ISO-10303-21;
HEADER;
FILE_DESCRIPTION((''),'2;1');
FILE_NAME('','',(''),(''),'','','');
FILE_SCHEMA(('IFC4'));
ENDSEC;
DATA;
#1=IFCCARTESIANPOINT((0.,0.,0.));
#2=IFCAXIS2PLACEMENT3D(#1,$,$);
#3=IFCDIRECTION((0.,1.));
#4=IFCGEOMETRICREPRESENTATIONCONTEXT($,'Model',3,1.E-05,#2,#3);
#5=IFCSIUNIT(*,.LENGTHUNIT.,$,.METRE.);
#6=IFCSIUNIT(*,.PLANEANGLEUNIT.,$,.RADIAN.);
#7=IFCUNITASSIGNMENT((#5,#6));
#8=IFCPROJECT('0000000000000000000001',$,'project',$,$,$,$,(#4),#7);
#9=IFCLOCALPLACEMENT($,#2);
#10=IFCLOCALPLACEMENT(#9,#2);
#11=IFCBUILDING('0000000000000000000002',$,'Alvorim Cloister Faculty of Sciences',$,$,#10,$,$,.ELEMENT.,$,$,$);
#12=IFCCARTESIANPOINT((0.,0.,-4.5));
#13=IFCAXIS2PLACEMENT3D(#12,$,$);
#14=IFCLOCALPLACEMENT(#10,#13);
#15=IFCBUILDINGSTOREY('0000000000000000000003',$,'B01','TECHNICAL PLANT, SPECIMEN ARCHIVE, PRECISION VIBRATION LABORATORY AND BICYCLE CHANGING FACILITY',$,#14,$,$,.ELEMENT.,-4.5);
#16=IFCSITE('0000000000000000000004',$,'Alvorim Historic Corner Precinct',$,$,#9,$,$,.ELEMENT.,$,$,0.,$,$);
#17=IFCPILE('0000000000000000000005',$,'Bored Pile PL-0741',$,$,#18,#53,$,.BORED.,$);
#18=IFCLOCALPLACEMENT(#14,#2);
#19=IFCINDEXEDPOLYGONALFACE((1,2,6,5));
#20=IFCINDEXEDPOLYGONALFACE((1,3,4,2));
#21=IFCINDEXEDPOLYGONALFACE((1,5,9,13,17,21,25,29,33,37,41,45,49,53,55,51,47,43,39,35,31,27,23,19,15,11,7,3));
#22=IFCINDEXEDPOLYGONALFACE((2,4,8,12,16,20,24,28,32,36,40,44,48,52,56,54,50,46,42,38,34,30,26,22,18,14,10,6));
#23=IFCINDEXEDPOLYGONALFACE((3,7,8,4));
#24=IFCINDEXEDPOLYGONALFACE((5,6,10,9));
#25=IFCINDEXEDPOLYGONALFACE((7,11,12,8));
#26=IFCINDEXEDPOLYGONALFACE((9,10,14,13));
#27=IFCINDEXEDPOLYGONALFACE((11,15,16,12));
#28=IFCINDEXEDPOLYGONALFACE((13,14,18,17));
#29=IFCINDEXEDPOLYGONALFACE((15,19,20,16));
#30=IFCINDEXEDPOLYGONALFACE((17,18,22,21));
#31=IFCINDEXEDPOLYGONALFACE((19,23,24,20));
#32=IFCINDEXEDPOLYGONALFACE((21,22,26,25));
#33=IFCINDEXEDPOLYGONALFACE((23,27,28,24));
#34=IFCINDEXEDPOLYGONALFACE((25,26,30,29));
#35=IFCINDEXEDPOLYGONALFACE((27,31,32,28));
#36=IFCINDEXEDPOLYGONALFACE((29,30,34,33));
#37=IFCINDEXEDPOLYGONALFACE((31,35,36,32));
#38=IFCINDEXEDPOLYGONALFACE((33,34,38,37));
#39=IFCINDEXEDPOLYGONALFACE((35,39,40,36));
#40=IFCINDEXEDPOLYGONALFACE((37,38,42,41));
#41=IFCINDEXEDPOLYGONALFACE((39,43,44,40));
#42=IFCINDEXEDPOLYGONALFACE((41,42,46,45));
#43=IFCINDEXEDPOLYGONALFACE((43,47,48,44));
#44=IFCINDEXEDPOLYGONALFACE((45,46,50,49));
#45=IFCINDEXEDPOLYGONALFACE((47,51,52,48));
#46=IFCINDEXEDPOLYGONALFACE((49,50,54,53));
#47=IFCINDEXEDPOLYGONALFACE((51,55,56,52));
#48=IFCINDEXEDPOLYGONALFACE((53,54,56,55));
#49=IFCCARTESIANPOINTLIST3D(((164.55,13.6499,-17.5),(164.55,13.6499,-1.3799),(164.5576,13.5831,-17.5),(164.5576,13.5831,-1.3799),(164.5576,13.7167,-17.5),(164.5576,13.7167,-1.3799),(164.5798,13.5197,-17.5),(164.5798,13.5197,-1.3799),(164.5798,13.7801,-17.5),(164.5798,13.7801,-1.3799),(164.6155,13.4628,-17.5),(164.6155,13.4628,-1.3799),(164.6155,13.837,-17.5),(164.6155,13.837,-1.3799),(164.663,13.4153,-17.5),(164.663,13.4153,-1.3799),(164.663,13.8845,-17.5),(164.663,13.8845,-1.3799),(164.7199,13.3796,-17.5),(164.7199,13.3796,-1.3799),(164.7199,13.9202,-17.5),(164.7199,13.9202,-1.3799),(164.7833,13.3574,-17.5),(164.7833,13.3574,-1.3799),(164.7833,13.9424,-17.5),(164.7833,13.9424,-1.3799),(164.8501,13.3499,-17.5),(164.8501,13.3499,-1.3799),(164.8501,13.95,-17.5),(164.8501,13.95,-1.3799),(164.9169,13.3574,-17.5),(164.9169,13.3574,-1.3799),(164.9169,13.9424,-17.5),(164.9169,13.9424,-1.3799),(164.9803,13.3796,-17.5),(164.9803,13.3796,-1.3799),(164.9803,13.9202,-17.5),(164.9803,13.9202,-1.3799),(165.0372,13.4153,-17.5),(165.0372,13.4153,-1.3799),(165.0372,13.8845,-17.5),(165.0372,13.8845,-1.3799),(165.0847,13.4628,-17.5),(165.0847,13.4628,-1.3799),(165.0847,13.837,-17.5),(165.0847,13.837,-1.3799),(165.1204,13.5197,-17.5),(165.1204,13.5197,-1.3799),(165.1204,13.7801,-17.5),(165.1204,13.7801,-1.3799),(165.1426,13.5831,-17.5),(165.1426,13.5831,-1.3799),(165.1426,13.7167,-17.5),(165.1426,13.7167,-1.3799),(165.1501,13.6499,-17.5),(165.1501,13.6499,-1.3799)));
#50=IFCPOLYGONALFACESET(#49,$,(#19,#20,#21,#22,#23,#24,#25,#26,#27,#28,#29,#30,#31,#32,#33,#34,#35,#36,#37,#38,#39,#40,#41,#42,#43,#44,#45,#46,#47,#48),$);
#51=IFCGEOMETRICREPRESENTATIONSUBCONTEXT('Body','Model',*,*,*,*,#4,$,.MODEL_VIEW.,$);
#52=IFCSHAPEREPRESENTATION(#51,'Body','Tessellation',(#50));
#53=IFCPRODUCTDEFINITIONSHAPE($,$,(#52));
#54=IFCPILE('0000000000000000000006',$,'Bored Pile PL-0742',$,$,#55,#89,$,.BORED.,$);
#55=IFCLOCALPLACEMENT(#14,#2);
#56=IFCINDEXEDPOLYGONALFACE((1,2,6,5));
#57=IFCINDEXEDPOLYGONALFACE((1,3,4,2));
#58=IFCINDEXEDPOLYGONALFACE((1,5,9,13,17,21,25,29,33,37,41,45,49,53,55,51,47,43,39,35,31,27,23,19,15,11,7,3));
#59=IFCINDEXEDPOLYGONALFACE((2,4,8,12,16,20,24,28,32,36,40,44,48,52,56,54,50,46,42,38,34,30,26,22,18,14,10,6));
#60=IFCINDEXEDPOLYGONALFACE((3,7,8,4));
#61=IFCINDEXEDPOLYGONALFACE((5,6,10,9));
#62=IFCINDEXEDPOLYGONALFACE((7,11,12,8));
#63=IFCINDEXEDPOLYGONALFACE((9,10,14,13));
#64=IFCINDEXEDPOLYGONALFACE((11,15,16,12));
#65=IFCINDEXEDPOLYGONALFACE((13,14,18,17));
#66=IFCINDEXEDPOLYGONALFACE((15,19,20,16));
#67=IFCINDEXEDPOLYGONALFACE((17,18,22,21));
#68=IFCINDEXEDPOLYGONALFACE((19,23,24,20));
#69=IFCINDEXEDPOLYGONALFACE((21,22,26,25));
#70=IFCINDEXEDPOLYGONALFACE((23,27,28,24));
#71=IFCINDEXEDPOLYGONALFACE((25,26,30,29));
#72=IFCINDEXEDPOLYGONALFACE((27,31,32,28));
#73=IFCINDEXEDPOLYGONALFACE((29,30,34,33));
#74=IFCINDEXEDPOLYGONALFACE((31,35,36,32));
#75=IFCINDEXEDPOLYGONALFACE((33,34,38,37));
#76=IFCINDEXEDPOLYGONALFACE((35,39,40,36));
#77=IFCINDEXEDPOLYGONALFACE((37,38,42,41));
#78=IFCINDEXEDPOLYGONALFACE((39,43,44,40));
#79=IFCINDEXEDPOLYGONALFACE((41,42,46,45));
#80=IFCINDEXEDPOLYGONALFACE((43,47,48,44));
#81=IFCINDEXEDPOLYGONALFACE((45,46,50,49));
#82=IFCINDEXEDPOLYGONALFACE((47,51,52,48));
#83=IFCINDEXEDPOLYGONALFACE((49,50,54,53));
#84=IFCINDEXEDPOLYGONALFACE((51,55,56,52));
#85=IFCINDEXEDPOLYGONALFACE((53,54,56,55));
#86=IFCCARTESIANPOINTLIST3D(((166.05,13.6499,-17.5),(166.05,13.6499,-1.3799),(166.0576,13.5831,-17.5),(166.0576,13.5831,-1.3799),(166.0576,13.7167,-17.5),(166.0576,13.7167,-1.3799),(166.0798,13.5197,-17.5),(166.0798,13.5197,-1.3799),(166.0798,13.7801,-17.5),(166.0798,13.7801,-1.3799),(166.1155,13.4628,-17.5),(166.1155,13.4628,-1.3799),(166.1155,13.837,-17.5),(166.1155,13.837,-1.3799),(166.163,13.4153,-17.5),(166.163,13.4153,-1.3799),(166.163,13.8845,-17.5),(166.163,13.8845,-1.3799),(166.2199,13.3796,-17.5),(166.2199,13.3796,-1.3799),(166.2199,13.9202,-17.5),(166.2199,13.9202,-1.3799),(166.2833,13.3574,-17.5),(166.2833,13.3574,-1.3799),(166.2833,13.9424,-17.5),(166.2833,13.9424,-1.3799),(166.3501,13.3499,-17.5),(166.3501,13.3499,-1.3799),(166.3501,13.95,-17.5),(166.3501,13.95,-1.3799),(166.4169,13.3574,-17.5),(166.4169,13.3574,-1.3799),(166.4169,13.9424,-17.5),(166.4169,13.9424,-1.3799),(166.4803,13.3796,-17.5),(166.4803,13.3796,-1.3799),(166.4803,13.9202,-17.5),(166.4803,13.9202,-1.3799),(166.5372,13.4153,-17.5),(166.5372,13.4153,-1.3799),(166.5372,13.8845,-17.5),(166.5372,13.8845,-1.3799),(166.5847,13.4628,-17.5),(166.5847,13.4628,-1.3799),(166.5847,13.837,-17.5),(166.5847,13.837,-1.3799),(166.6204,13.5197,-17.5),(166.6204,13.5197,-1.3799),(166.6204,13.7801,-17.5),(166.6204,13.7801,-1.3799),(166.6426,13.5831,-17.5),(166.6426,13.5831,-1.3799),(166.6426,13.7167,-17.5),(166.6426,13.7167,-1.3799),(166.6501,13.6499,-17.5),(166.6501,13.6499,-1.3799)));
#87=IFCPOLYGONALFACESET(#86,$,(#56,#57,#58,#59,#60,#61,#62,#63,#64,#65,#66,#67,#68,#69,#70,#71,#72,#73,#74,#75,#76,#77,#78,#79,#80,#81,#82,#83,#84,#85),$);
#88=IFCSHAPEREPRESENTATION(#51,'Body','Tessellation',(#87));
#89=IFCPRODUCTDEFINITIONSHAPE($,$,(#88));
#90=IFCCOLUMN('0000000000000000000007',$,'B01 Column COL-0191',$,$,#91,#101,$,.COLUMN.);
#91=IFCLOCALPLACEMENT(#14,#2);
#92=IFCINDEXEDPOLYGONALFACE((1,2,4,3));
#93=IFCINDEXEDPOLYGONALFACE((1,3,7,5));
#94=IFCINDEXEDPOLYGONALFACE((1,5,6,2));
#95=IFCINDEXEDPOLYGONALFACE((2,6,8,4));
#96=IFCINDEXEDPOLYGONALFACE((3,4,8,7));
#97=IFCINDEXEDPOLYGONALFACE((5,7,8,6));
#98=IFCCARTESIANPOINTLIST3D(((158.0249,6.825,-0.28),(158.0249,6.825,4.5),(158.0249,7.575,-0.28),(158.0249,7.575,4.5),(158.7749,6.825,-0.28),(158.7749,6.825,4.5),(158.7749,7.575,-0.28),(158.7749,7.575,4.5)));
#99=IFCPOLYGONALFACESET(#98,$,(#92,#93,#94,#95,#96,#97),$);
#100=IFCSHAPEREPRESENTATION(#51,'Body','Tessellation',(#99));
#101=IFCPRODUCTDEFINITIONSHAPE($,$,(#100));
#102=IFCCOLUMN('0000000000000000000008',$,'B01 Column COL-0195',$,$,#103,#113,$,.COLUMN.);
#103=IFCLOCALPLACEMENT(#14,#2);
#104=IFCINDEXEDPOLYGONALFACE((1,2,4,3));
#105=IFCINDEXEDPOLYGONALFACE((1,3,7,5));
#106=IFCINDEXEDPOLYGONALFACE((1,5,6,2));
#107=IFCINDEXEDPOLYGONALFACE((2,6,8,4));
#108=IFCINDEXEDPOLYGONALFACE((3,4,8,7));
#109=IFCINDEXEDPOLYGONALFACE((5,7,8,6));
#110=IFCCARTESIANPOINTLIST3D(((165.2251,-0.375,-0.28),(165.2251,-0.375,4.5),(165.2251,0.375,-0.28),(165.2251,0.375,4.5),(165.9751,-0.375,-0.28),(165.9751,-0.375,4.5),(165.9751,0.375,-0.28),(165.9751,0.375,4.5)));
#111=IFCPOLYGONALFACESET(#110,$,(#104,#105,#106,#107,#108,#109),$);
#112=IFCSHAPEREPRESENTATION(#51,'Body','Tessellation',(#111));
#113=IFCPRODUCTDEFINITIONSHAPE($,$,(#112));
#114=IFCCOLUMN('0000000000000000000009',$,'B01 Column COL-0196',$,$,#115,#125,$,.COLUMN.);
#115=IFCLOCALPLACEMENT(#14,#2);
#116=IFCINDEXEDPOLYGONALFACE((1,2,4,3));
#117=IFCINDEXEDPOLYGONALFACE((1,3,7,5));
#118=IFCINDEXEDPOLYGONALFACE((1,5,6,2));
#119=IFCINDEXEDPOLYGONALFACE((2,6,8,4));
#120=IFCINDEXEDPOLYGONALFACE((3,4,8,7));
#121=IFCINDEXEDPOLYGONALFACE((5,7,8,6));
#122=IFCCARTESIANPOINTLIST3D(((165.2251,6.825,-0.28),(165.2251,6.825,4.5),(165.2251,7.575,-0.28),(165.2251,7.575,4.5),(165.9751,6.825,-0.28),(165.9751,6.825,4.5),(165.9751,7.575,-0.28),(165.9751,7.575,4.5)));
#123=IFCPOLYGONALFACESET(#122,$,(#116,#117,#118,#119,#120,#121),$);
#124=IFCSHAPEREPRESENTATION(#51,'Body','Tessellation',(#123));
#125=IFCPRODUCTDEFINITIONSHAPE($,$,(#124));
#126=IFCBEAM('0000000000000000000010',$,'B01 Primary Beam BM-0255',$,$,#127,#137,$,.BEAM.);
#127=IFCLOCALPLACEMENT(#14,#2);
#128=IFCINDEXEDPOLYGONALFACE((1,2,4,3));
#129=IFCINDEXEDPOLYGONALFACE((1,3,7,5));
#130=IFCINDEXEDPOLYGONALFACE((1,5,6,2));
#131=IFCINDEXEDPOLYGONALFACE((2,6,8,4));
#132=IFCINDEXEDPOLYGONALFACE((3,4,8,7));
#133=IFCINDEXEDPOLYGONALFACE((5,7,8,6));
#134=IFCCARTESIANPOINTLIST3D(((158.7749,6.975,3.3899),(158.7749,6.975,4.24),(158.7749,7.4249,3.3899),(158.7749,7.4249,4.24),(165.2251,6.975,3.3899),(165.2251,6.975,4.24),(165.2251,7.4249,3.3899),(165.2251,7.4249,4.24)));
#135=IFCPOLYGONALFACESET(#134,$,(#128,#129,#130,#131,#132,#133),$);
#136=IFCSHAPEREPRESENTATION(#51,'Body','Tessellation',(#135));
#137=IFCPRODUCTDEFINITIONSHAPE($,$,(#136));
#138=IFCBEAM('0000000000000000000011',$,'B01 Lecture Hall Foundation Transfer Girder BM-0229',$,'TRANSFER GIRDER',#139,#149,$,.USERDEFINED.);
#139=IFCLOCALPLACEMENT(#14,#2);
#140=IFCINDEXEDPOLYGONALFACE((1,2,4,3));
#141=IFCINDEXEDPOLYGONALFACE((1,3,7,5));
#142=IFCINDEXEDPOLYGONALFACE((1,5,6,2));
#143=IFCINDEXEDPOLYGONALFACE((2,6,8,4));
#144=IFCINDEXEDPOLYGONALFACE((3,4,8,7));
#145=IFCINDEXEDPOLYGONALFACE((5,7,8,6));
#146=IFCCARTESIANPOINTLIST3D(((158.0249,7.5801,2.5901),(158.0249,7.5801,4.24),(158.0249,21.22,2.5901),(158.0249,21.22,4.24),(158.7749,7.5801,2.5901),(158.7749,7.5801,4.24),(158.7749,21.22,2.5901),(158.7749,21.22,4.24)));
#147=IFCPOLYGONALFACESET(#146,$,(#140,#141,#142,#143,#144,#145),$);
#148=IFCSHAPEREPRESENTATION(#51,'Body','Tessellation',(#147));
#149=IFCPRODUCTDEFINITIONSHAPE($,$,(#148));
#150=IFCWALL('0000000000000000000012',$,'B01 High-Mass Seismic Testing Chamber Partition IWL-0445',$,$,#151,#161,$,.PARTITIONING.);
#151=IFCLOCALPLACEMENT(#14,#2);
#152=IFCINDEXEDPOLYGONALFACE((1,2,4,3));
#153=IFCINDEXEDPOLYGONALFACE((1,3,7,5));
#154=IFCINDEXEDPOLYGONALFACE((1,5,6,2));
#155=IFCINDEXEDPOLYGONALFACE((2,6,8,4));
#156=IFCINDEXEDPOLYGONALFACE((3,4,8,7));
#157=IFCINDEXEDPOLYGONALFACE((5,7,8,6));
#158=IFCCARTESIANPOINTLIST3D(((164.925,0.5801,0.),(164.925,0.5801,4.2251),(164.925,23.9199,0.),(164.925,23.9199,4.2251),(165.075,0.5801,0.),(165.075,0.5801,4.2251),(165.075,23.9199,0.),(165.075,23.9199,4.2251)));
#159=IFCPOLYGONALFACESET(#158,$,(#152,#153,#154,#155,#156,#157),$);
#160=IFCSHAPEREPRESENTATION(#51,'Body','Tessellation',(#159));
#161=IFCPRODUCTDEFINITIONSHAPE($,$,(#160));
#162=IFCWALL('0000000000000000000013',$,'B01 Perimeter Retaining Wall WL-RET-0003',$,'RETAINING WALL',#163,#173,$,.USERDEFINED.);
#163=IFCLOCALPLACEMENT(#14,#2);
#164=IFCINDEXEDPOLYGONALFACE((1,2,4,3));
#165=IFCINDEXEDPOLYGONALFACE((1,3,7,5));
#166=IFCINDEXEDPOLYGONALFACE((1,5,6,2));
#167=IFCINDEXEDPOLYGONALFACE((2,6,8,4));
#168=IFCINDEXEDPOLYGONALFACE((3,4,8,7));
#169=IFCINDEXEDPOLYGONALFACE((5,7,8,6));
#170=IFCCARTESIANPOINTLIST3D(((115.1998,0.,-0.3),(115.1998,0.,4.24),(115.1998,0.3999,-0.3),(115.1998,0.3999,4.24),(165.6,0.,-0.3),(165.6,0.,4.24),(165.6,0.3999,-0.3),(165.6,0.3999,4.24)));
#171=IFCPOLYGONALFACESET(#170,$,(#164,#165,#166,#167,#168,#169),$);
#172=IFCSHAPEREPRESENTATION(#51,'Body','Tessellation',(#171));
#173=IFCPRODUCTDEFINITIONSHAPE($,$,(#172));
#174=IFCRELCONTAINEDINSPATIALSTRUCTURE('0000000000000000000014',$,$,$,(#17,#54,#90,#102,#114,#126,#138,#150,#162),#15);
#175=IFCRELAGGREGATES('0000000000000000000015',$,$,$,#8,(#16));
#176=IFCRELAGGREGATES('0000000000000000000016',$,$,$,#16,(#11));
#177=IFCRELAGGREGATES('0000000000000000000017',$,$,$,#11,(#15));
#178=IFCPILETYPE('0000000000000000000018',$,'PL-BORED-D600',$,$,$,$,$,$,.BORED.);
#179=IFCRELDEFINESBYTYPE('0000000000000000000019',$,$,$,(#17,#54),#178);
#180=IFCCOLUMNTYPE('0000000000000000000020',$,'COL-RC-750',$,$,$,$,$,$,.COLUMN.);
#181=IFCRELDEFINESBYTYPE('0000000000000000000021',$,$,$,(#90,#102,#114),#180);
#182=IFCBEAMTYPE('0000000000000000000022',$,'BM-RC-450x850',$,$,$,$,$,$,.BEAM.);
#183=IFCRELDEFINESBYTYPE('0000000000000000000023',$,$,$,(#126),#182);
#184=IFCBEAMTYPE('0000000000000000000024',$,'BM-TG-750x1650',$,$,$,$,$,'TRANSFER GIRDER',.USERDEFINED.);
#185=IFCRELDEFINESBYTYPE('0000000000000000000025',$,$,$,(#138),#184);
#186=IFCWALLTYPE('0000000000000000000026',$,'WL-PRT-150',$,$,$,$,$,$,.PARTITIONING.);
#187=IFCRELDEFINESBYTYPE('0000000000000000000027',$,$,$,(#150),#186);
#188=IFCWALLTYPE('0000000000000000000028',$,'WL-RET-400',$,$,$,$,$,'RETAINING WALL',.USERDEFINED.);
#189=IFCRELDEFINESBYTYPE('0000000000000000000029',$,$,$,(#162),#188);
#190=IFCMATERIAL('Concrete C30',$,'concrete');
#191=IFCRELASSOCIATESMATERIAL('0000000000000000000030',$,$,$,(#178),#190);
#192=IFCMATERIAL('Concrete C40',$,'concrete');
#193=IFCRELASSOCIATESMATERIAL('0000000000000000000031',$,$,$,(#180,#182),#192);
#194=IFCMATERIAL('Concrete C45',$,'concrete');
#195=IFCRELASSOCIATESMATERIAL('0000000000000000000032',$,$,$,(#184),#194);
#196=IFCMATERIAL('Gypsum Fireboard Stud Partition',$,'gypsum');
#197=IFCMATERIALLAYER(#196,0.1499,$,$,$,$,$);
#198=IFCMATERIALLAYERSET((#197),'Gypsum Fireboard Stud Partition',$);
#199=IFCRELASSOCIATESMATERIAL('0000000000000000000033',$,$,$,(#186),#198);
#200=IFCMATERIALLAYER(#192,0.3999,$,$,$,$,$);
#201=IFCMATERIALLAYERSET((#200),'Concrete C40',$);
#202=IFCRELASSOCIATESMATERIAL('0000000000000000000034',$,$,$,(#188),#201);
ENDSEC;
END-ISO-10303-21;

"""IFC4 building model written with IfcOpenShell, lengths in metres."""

from ifc_helpers import new_model, si_unit, direction, frame, frame_2d, origin, origin_2d, place, context, subcontext, project, spatial, rectangle, circle, extrude, material, layer, layer_set, material_profile, profile_set, type_object, element, save


model = new_model("IFC4")

# Units and contexts
model_context = context("Model", 3, precision=1e-05, world=origin(), true_north=direction((0.0, 1.0)))
body_context = subcontext(model_context, "Body", "Model", "MODEL_VIEW")
ifc_project = project(units=[si_unit("LENGTHUNIT", "METRE"), si_unit("PLANEANGLEUNIT", "RADIAN")], contexts=[model_context])

# Site, building, storey
site_placement = place(None, origin())
site = spatial("IfcSite", under=ifc_project, at=site_placement, Name="Alvorim Historic Corner Precinct", CompositionType="ELEMENT", RefElevation=0.0)
building_placement = place(site_placement, origin())
building = spatial("IfcBuilding", under=site, at=building_placement, Name="Alvorim Cloister Faculty of Sciences", CompositionType="ELEMENT")
storey_placement = place(building_placement, frame((0.0, 0.0, -4.5)))
storey = spatial("IfcBuildingStorey", under=building, at=storey_placement, Name="B01", Description="TECHNICAL PLANT, SPECIMEN ARCHIVE, PRECISION VIBRATION LABORATORY AND BICYCLE CHANGING FACILITY", CompositionType="ELEMENT", Elevation=-4.5)

# Shared definitions
ifc_material_1 = material(Name="Concrete C40", Category="concrete")

# Piles
ifc_material_2 = material(Name="Concrete C30", Category="concrete")
ifc_material_profile_1 = material_profile(ifc_material_2, circle(Radius=0.3, at=origin_2d()), Name="PILE-D600")
ifc_profile_set_1 = profile_set([ifc_material_profile_1], Name="Concrete C30")
pile_type = type_object("IfcPileType", Name="PL-BORED-D600", PredefinedType="BORED", material=ifc_profile_set_1)
for number, where, z_axis, x_axis, name in (
    (1, (164.8501, 13.6499, -1.3799), (0.0, 0.0, -1.0), (1.0, 0.0, 0.0), "Bored Pile PL-0741"),
    (2, (166.3501, 13.6499, -1.3799), (0.0, 0.0, -1.0), (1.0, 0.0, 0.0), "Bored Pile PL-0742"),
):
    element("IfcPile", number, at=place(storey_placement, frame(where, z_axis=z_axis, x_axis=x_axis)), inside=storey, type_object=pile_type, Name=name, PredefinedType="BORED", context=body_context, shape_type="SweptSolid", body=[
        extrude(circle(Radius=0.3, at=origin_2d()), origin(), (0.0, 0.0, 1.0), 16.1201),
    ])

# Columns
ifc_material_profile_2 = material_profile(ifc_material_1, rectangle(XDim=0.75, YDim=0.75, at=origin_2d()), Name="RC40-COL-750x750")
ifc_profile_set_2 = profile_set([ifc_material_profile_2], Name="Concrete C40")
column_type = type_object("IfcColumnType", Name="COL-RC-750", PredefinedType="COLUMN", material=ifc_profile_set_2)
for number, where, z_axis, x_axis, name in (
    (3, (158.3999, 7.2, -0.28), (0.0, 0.0, 1.0), (1.0, 0.0, 0.0), "B01 Column COL-0191"),
    (4, (165.6001, 0.0, -0.28), (0.0, 0.0, 1.0), (1.0, 0.0, 0.0), "B01 Column COL-0195"),
    (5, (165.6001, 7.2, -0.28), (0.0, 0.0, 1.0), (1.0, 0.0, 0.0), "B01 Column COL-0196"),
):
    element("IfcColumn", number, at=place(storey_placement, frame(where, z_axis=z_axis, x_axis=x_axis)), inside=storey, type_object=column_type, Name=name, PredefinedType="COLUMN", context=body_context, shape_type="SweptSolid", body=[
        extrude(rectangle(XDim=0.75, YDim=0.75, at=origin_2d()), origin(), (0.0, 0.0, 1.0), 4.78),
    ])

# Beams
ifc_material_profile_3 = material_profile(ifc_material_1, rectangle(XDim=0.45, YDim=0.8501, at=origin_2d()), Name="RC40-BM-450x850")
ifc_profile_set_3 = profile_set([ifc_material_profile_3], Name="Concrete C40")
beam_type_1 = type_object("IfcBeamType", Name="BM-RC-450x850", PredefinedType="BEAM", material=ifc_profile_set_3)
beam_1_placement = place(storey_placement, frame((158.7749, 7.2, 3.8149), z_axis=(1.0, 0.0, 0.0), x_axis=(0.0, 1.0, 0.0)))
element("IfcBeam", 6, at=beam_1_placement, inside=storey, type_object=beam_type_1, Name="B01 Primary Beam BM-0255", PredefinedType="BEAM", context=body_context, shape_type="SweptSolid", body=[
    extrude(rectangle(XDim=0.45, YDim=0.8501, at=origin_2d()), origin(), (0.0, 0.0, 1.0), 6.4502),
])
ifc_material_3 = material(Name="Concrete C45", Category="concrete")
ifc_material_profile_4 = material_profile(ifc_material_3, rectangle(XDim=0.75, YDim=1.6499, at=origin_2d()), Name="RC45-TG-750x1650")
ifc_profile_set_4 = profile_set([ifc_material_profile_4], Name="Concrete C45")
beam_type_2 = type_object("IfcBeamType", Name="BM-TG-750x1650", ElementType="TRANSFER GIRDER", PredefinedType="USERDEFINED", material=ifc_profile_set_4)
beam_2_placement = place(storey_placement, frame((158.3999, 7.5801, 3.415), z_axis=(0.0, 1.0, 0.0), x_axis=(-1.0, 0.0, 0.0)))
element("IfcBeam", 7, at=beam_2_placement, inside=storey, type_object=beam_type_2, Name="B01 Lecture Hall Foundation Transfer Girder BM-0229", ObjectType="TRANSFER GIRDER", PredefinedType="USERDEFINED", context=body_context, shape_type="SweptSolid", body=[
    extrude(rectangle(XDim=0.75, YDim=1.6499, at=origin_2d()), origin(), (0.0, 0.0, 1.0), 13.6399),
])

# Walls
ifc_material_4 = material(Name="Gypsum Fireboard Stud Partition", Category="gypsum")
ifc_layer_1 = layer(ifc_material_4, 0.1499)
ifc_layer_set_1 = layer_set([ifc_layer_1], Name="Gypsum Fireboard Stud Partition")
wall_type_1 = type_object("IfcWallType", Name="WL-PRT-150", PredefinedType="PARTITIONING", material=ifc_layer_set_1)
wall_1_placement = place(storey_placement, frame((165.0, 0.5801, 0.0), z_axis=(0.0, 0.0, 1.0), x_axis=(0.0, 1.0, 0.0)))
element("IfcWall", 8, at=wall_1_placement, inside=storey, type_object=wall_type_1, Name="B01 High-Mass Seismic Testing Chamber Partition IWL-0445", PredefinedType="PARTITIONING", context=body_context, shape_type="SweptSolid", body=[
    extrude(rectangle(XDim=23.3398, YDim=0.1499, at=frame_2d((11.6699, 0.0))), origin(), (0.0, 0.0, 1.0), 4.2251),
])
ifc_layer_2 = layer(ifc_material_1, 0.3999)
ifc_layer_set_2 = layer_set([ifc_layer_2], Name="Concrete C40")
wall_type_2 = type_object("IfcWallType", Name="WL-RET-400", ElementType="RETAINING WALL", PredefinedType="USERDEFINED", material=ifc_layer_set_2)
wall_2_placement = place(storey_placement, frame((165.6001, 0.2, -0.3), z_axis=(0.0, 0.0, 1.0), x_axis=(-1.0, 0.0, 0.0)))
element("IfcWall", 9, at=wall_2_placement, inside=storey, type_object=wall_type_2, Name="B01 Perimeter Retaining Wall WL-RET-0003", ObjectType="RETAINING WALL", PredefinedType="USERDEFINED", context=body_context, shape_type="SweptSolid", body=[
    extrude(rectangle(XDim=50.4001, YDim=0.3999, at=frame_2d((25.2002, 0.0))), origin(), (0.0, 0.0, 1.0), 4.54),
])

save(model, "model.ifc")
